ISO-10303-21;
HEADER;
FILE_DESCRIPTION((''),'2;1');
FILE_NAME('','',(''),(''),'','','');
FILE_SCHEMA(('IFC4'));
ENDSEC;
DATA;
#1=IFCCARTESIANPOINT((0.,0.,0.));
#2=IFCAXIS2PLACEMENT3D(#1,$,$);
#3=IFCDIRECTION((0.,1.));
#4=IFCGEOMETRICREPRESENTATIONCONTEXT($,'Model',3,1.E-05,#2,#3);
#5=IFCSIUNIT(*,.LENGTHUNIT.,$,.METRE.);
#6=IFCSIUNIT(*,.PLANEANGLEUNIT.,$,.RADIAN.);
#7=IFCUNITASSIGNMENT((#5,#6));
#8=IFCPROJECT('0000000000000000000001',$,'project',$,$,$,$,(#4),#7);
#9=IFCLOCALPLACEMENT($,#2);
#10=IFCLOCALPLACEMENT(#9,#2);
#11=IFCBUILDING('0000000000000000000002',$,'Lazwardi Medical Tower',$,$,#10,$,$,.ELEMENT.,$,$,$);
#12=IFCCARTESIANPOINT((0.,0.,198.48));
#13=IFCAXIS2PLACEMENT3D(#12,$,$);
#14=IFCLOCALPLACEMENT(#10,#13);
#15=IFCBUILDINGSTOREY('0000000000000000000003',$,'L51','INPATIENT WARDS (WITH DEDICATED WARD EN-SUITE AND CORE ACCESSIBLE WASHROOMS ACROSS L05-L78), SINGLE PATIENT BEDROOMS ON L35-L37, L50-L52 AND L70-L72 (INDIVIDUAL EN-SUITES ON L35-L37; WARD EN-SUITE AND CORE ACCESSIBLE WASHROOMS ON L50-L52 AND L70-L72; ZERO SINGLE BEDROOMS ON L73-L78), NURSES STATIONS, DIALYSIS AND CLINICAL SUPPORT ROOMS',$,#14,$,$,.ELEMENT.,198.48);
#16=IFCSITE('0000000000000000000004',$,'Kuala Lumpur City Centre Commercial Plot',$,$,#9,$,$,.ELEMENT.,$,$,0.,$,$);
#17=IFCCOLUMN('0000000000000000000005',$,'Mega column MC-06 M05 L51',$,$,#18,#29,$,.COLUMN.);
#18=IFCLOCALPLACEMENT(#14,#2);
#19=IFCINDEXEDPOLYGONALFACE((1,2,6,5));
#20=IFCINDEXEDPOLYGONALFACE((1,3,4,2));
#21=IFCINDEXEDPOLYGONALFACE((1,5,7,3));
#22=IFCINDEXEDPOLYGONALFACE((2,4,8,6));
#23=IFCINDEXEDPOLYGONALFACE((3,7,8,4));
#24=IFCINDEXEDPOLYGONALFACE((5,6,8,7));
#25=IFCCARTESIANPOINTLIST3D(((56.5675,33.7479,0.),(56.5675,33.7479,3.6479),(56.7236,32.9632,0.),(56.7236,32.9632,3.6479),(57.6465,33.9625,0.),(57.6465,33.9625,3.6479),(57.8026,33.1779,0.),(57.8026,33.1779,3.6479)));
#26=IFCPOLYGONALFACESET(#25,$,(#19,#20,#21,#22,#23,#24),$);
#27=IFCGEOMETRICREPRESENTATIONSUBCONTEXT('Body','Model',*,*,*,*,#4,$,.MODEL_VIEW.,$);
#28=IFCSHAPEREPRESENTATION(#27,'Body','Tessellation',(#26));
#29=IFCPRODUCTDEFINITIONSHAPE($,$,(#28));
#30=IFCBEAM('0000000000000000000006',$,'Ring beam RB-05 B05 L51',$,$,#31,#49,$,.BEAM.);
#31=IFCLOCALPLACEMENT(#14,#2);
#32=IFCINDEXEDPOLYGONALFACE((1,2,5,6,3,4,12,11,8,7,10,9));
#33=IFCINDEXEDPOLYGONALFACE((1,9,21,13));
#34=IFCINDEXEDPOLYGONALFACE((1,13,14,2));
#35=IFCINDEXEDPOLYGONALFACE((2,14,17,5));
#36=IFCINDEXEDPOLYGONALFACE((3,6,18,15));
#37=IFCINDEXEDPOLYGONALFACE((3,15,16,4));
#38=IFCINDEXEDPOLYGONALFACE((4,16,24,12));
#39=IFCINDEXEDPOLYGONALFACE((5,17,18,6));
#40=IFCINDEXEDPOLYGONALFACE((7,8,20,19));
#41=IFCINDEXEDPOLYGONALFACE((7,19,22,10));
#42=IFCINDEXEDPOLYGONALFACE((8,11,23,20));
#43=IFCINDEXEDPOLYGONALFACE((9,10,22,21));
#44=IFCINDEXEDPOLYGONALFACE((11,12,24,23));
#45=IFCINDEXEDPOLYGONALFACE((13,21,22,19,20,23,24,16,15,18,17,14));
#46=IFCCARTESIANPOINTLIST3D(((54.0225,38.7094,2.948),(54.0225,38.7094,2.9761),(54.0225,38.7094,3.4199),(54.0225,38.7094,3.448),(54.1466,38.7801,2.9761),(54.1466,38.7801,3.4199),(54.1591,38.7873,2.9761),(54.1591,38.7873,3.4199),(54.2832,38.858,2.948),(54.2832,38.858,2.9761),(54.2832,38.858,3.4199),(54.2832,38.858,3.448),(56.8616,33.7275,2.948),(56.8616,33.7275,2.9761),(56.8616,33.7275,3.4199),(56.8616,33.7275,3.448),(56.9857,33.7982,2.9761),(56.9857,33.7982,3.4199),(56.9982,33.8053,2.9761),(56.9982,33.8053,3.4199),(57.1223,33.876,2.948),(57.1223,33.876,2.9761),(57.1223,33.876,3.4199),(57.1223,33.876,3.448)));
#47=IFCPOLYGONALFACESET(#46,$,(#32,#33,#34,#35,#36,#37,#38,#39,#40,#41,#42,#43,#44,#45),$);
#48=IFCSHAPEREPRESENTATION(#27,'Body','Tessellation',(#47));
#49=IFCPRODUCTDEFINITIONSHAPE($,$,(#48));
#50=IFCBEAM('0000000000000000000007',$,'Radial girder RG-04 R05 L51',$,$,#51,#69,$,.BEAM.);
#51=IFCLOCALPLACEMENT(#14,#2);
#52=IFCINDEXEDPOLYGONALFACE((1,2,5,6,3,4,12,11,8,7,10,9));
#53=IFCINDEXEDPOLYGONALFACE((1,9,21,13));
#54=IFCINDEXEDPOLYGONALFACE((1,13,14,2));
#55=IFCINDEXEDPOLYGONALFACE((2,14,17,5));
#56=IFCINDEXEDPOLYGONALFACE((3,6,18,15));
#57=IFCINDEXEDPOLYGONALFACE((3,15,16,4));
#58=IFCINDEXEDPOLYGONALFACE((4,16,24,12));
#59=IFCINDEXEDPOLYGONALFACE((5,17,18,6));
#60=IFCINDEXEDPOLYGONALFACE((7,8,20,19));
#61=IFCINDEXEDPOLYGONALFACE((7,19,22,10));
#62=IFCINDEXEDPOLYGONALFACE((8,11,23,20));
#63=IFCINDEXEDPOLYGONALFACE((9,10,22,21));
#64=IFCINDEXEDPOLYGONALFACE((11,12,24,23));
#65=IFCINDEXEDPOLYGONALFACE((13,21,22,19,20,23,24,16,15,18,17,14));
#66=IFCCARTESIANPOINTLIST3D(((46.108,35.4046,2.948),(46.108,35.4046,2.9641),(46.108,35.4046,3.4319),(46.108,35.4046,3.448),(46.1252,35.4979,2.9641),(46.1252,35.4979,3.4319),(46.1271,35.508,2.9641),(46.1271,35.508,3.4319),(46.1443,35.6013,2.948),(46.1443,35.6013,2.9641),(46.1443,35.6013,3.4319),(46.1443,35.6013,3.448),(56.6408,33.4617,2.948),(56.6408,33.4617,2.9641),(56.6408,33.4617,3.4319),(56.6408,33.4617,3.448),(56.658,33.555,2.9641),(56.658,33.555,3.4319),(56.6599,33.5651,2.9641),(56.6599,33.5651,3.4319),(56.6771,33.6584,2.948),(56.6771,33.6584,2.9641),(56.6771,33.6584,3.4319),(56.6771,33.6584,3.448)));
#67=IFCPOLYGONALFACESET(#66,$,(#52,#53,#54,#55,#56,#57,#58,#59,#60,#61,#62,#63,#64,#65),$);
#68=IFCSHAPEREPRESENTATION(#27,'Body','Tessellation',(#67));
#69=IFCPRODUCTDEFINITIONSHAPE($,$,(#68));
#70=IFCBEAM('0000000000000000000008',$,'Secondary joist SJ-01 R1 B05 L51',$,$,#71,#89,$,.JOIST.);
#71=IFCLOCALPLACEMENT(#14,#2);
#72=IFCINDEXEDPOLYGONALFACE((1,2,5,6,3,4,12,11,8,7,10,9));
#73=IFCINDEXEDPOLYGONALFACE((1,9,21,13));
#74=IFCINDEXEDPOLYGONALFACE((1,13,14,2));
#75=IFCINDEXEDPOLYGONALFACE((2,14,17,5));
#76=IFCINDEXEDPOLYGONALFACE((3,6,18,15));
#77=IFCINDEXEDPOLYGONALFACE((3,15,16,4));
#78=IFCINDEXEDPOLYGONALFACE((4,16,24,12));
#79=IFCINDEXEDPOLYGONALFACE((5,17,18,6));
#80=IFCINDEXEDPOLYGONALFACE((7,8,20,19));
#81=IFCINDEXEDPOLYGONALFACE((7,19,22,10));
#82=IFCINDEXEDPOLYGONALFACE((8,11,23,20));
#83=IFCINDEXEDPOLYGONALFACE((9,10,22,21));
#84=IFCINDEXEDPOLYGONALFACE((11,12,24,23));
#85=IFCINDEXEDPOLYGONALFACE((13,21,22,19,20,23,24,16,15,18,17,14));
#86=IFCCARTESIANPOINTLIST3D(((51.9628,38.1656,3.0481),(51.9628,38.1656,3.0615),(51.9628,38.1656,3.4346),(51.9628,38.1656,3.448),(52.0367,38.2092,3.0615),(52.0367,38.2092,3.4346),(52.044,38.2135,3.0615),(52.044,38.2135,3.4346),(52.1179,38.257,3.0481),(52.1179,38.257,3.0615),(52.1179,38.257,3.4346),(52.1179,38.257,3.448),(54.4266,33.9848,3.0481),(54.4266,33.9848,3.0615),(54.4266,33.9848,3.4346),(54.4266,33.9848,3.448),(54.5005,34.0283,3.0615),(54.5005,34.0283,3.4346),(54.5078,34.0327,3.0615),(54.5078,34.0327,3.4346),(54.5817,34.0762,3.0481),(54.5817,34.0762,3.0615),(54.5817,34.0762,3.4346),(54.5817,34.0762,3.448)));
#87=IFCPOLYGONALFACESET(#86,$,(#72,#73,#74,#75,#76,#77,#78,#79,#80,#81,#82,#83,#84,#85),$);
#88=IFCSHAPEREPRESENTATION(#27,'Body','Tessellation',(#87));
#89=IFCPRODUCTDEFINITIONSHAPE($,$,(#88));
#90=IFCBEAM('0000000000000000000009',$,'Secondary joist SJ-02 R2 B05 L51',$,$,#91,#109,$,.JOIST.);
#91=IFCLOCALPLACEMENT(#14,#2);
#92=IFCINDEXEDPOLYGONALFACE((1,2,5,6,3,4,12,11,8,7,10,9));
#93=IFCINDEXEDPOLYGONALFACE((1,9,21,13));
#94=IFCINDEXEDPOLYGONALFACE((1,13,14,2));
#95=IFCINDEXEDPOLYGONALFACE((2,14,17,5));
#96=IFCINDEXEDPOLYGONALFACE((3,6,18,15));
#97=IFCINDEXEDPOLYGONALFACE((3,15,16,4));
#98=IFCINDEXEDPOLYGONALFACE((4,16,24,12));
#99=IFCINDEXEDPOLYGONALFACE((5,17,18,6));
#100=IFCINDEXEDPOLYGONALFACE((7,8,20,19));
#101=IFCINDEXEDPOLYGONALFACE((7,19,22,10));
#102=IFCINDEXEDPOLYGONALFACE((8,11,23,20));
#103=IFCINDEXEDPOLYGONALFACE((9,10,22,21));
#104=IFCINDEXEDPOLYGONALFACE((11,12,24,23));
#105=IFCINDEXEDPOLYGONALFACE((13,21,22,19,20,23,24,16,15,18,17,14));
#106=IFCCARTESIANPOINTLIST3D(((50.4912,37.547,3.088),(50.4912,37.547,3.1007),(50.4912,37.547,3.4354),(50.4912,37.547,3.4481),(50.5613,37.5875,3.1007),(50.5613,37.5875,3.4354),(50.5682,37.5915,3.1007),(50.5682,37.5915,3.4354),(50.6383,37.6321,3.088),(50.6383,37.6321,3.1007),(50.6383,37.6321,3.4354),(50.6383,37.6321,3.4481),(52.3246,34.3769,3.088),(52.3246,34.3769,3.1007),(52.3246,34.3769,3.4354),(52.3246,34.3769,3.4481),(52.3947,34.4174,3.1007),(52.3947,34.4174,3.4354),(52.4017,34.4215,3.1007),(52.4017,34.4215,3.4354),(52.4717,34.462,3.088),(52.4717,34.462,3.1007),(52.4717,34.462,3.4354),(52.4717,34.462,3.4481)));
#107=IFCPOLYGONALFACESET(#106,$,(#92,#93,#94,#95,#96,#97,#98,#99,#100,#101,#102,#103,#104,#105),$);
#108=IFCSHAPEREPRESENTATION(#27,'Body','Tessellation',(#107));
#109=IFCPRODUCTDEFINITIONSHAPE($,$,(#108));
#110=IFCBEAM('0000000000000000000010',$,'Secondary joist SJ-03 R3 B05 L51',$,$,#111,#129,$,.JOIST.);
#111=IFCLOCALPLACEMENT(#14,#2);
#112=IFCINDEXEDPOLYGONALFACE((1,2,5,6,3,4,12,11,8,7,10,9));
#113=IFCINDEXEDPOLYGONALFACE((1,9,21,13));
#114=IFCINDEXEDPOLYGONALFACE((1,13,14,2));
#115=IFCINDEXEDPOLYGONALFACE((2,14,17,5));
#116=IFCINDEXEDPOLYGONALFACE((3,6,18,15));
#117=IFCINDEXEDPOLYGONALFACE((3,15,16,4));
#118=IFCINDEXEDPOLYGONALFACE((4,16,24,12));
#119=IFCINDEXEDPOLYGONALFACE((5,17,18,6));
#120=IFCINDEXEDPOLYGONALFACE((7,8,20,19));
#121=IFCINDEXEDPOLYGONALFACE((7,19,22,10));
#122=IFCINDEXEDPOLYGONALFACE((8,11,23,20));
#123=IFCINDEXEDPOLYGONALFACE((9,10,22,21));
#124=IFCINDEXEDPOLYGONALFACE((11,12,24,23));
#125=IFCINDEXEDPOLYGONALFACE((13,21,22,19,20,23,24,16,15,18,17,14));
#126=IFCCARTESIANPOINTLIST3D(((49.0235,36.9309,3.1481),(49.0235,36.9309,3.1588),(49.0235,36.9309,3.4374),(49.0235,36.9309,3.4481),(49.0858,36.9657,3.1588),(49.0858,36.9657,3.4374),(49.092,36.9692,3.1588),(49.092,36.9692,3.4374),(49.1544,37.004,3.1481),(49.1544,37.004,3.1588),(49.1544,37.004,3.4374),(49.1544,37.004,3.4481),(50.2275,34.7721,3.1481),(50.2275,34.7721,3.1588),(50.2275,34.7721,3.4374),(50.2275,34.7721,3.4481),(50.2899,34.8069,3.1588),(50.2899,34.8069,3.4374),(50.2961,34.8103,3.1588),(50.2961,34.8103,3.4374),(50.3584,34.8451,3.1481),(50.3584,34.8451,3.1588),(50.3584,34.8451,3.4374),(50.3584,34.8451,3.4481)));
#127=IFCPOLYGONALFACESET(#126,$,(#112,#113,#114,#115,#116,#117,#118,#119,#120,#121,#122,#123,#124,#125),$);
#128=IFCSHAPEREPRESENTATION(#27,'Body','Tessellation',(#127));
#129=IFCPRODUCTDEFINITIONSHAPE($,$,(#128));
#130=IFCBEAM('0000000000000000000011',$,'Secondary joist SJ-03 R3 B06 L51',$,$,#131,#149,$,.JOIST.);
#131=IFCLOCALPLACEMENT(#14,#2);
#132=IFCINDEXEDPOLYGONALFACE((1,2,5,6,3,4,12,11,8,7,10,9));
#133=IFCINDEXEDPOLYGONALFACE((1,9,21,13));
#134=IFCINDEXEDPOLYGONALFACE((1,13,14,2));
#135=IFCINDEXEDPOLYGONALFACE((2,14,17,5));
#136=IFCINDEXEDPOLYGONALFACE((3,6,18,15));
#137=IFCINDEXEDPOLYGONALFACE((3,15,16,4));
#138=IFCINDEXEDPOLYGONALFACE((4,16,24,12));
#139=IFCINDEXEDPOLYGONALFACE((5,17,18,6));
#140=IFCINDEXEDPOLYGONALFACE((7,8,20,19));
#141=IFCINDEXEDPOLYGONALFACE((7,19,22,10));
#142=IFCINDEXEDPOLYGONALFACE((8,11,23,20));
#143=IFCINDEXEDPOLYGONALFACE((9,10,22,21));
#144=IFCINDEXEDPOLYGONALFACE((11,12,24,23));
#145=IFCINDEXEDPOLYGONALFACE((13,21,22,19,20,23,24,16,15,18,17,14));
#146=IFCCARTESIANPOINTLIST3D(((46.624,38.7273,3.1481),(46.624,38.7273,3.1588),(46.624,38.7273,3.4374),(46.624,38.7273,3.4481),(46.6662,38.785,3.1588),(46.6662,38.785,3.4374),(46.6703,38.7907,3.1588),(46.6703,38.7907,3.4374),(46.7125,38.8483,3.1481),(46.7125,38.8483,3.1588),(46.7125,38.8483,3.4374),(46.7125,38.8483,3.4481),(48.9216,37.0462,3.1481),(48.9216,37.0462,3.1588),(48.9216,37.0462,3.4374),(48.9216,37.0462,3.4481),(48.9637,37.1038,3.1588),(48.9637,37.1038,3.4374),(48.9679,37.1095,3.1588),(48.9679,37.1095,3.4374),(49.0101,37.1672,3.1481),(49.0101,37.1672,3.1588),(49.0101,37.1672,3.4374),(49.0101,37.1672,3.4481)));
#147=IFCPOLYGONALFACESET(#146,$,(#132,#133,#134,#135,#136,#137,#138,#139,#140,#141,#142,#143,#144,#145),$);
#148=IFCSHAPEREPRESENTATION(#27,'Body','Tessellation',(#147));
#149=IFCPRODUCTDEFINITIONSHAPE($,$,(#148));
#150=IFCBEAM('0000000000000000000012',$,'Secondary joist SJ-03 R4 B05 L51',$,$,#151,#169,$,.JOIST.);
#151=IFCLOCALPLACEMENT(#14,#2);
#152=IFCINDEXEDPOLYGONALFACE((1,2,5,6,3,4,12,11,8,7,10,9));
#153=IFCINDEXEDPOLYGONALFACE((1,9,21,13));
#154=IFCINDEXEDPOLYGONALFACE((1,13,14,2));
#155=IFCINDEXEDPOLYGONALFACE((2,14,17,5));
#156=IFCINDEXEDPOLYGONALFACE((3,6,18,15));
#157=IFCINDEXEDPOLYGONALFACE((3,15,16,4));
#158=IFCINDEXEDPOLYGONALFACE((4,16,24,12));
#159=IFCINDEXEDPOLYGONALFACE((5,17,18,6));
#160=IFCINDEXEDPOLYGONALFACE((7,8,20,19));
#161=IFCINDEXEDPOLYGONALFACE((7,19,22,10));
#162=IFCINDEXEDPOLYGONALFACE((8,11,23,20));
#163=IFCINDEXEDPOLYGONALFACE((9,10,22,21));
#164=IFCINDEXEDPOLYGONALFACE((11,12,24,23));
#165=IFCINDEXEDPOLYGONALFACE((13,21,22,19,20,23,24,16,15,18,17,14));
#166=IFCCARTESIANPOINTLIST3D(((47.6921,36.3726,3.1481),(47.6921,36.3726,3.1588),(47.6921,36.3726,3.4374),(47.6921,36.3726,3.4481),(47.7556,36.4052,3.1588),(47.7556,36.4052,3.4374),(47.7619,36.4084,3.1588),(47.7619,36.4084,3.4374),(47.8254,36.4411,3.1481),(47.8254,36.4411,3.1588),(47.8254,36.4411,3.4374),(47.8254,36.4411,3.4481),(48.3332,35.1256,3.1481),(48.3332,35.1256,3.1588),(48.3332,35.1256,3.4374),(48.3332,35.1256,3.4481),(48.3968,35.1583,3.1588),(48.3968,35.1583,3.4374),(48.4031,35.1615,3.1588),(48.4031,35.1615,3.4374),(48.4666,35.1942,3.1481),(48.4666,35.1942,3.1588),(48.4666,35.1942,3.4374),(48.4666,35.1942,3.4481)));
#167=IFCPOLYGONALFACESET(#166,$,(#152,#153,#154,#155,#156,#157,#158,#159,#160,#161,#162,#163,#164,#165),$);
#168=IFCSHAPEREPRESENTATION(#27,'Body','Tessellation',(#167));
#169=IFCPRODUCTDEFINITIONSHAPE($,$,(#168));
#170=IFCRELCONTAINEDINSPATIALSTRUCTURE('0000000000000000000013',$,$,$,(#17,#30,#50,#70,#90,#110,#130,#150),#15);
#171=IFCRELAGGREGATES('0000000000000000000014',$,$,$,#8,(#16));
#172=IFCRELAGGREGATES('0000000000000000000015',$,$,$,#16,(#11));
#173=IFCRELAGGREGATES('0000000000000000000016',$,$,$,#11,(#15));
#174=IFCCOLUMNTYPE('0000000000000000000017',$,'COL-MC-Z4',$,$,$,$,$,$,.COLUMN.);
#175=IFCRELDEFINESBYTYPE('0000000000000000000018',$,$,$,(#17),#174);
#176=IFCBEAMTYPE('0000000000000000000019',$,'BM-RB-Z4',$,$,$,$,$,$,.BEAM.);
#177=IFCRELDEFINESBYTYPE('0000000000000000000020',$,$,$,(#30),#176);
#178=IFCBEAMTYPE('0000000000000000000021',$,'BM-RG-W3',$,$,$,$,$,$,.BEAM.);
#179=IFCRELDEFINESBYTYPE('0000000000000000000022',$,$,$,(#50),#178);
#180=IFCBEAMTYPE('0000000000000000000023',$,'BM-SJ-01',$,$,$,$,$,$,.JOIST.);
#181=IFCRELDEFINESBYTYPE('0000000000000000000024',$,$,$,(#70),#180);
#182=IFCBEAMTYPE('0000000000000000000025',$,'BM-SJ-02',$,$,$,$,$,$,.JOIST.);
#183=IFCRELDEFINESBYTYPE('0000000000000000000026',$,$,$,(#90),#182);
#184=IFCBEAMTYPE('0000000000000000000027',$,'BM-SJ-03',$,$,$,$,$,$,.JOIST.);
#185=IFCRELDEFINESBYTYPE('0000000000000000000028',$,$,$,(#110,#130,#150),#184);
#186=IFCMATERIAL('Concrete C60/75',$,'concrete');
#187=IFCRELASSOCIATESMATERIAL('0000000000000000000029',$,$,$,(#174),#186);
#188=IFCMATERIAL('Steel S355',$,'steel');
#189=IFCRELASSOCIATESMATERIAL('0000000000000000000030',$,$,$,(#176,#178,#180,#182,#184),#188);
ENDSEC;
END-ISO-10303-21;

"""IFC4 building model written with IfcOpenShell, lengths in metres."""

from ifc_helpers import new_model, si_unit, direction, frame, origin, origin_2d, place, context, subcontext, project, spatial, rectangle, i_section, extrude, material, material_profile, profile_set, type_object, element, save


model = new_model("IFC4")

# Units and contexts
model_context = context("Model", 3, precision=1e-05, world=origin(), true_north=direction((0.0, 1.0)))
body_context = subcontext(model_context, "Body", "Model", "MODEL_VIEW")
ifc_project = project(units=[si_unit("LENGTHUNIT", "METRE"), si_unit("PLANEANGLEUNIT", "RADIAN")], contexts=[model_context])

# Site, building, storey
site_placement = place(None, origin())
site = spatial("IfcSite", under=ifc_project, at=site_placement, Name="Kuala Lumpur City Centre Commercial Plot", CompositionType="ELEMENT", RefElevation=0.0)
building_placement = place(site_placement, origin())
building = spatial("IfcBuilding", under=site, at=building_placement, Name="Lazwardi Medical Tower", CompositionType="ELEMENT")
storey_placement = place(building_placement, frame((0.0, 0.0, 198.48)))
storey = spatial("IfcBuildingStorey", under=building, at=storey_placement, Name="L51", Description="INPATIENT WARDS (WITH DEDICATED WARD EN-SUITE AND CORE ACCESSIBLE WASHROOMS ACROSS L05-L78), SINGLE PATIENT BEDROOMS ON L35-L37, L50-L52 AND L70-L72 (INDIVIDUAL EN-SUITES ON L35-L37; WARD EN-SUITE AND CORE ACCESSIBLE WASHROOMS ON L50-L52 AND L70-L72; ZERO SINGLE BEDROOMS ON L73-L78), NURSES STATIONS, DIALYSIS AND CLINICAL SUPPORT ROOMS", CompositionType="ELEMENT", Elevation=198.48)

# Column
ifc_material_1 = material(Name="Concrete C60/75", Category="concrete")
ifc_material_profile_1 = material_profile(ifc_material_1, rectangle(XDim=1.1001, YDim=0.8, at=origin_2d()), Name="CFT-RECT 1100x800")
ifc_profile_set_1 = profile_set([ifc_material_profile_1], Name="Concrete C60/75")
column_type = type_object("IfcColumnType", Name="COL-MC-Z4", PredefinedType="COLUMN", material=ifc_profile_set_1)
column_placement = place(storey_placement, frame((57.1851, 33.4629, 0.0), z_axis=(0.0, 0.0, 1.0), x_axis=(0.980785, 0.19509, 0.0)))
element("IfcColumn", 1, at=column_placement, inside=storey, type_object=column_type, Name="Mega column MC-06 M05 L51", PredefinedType="COLUMN", context=body_context, shape_type="SweptSolid", body=[
    extrude(rectangle(XDim=1.1001, YDim=0.8, at=origin_2d()), origin(), (0.0, 0.0, 1.0), 3.6479),
])

# Beams
ifc_material_2 = material(Name="Steel S355", Category="steel")
ifc_material_profile_2 = material_profile(ifc_material_2, i_section(OverallWidth=0.3, OverallDepth=0.5, WebThickness=0.0144, FlangeThickness=0.0281, at=origin_2d()), Name="HEB 500")
ifc_profile_set_2 = profile_set([ifc_material_profile_2], Name="Steel S355")
beam_type_1 = type_object("IfcBeamType", Name="BM-RB-Z4", PredefinedType="BEAM", material=ifc_profile_set_2)
beam_1_placement = place(storey_placement, frame((56.9919, 33.8018, 3.198), z_axis=(-0.495125, 0.868822, 0.0), x_axis=(-0.868822, -0.495125, 0.0)))
element("IfcBeam", 2, at=beam_1_placement, inside=storey, type_object=beam_type_1, Name="Ring beam RB-05 B05 L51", PredefinedType="BEAM", context=body_context, shape_type="SweptSolid", body=[
    extrude(i_section(OverallWidth=0.3, OverallDepth=0.5, WebThickness=0.0144, FlangeThickness=0.0281, at=origin_2d()), origin(), (0.0, 0.0, 1.0), 5.7341),
])
ifc_material_profile_3 = material_profile(ifc_material_2, i_section(OverallWidth=0.2, OverallDepth=0.5, WebThickness=0.0103, FlangeThickness=0.0161, at=origin_2d()), Name="IPE 500")
ifc_profile_set_3 = profile_set([ifc_material_profile_3], Name="Steel S355")
beam_type_2 = type_object("IfcBeamType", Name="BM-RG-W3", PredefinedType="BEAM", material=ifc_profile_set_3)
beam_2_placement = place(storey_placement, frame((56.6589, 33.5601, 3.198), z_axis=(-0.983409, 0.1814, 0.0), x_axis=(-0.1814, -0.983409, 0.0)))
element("IfcBeam", 3, at=beam_2_placement, inside=storey, type_object=beam_type_2, Name="Radial girder RG-04 R05 L51", PredefinedType="BEAM", context=body_context, shape_type="SweptSolid", body=[
    extrude(i_section(OverallWidth=0.2, OverallDepth=0.5, WebThickness=0.0103, FlangeThickness=0.0161, at=origin_2d()), origin(), (0.0, 0.0, 1.0), 10.7104),
])
ifc_material_profile_4 = material_profile(ifc_material_2, i_section(OverallWidth=0.1799, OverallDepth=0.3999, WebThickness=0.0085, FlangeThickness=0.0134, at=origin_2d()), Name="IPE 400")
ifc_profile_set_4 = profile_set([ifc_material_profile_4], Name="Steel S355")
beam_type_3 = type_object("IfcBeamType", Name="BM-SJ-01", PredefinedType="JOIST", material=ifc_profile_set_4)
beam_3_placement = place(storey_placement, frame((54.5042, 34.0305, 3.248), z_axis=(-0.50771, 0.861528, 0.0), x_axis=(-0.861528, -0.50771, 0.0)))
element("IfcBeam", 4, at=beam_3_placement, inside=storey, type_object=beam_type_3, Name="Secondary joist SJ-01 R1 B05 L51", PredefinedType="JOIST", context=body_context, shape_type="SweptSolid", body=[
    extrude(i_section(OverallWidth=0.1799, OverallDepth=0.3999, WebThickness=0.0085, FlangeThickness=0.0134, at=origin_2d()), origin(), (0.0, 0.0, 1.0), 4.8528),
])
ifc_material_profile_5 = material_profile(ifc_material_2, i_section(OverallWidth=0.1699, OverallDepth=0.3601, WebThickness=0.0081, FlangeThickness=0.0127, at=origin_2d()), Name="IPE 360")
ifc_profile_set_5 = profile_set([ifc_material_profile_5], Name="Steel S355")
beam_type_4 = type_object("IfcBeamType", Name="BM-SJ-02", PredefinedType="JOIST", material=ifc_profile_set_5)
beam_4_placement = place(storey_placement, frame((52.3982, 34.4194, 3.2681), z_axis=(-0.500655, 0.865647, 0.0), x_axis=(-0.865647, -0.500655, 0.0)))
element("IfcBeam", 5, at=beam_4_placement, inside=storey, type_object=beam_type_4, Name="Secondary joist SJ-02 R2 B05 L51", PredefinedType="JOIST", context=body_context, shape_type="SweptSolid", body=[
    extrude(i_section(OverallWidth=0.1699, OverallDepth=0.3601, WebThickness=0.0081, FlangeThickness=0.0127, at=origin_2d()), origin(), (0.0, 0.0, 1.0), 3.6621),
])
ifc_material_profile_6 = material_profile(ifc_material_2, i_section(OverallWidth=0.1499, OverallDepth=0.3, WebThickness=0.0071, FlangeThickness=0.0107, at=origin_2d()), Name="IPE 300")
ifc_profile_set_6 = profile_set([ifc_material_profile_6], Name="Steel S355")
beam_type_5 = type_object("IfcBeamType", Name="BM-SJ-03", PredefinedType="JOIST", material=ifc_profile_set_6)
beam_5_placement = place(storey_placement, frame((50.293, 34.8086, 3.2981), z_axis=(-0.487093, 0.87335, 0.0), x_axis=(-0.87335, -0.487093, 0.0)))
element("IfcBeam", 6, at=beam_5_placement, inside=storey, type_object=beam_type_5, Name="Secondary joist SJ-03 R3 B05 L51", PredefinedType="JOIST", context=body_context, shape_type="SweptSolid", body=[
    extrude(i_section(OverallWidth=0.1499, OverallDepth=0.3, WebThickness=0.0071, FlangeThickness=0.0107, at=origin_2d()), origin(), (0.0, 0.0, 1.0), 2.4719),
])
beam_6_placement = place(storey_placement, frame((48.9658, 37.1067, 3.2981), z_axis=(-0.807034, 0.590505, 0.0), x_axis=(-0.590505, -0.807034, 0.0)))
element("IfcBeam", 7, at=beam_6_placement, inside=storey, type_object=beam_type_5, Name="Secondary joist SJ-03 R3 B06 L51", PredefinedType="JOIST", context=body_context, shape_type="SweptSolid", body=[
    extrude(i_section(OverallWidth=0.1499, OverallDepth=0.3, WebThickness=0.0071, FlangeThickness=0.0107, at=origin_2d()), origin(), (0.0, 0.0, 1.0), 2.8469),
])
beam_7_placement = place(storey_placement, frame((48.3999, 35.1599, 3.2981), z_axis=(-0.457285, 0.88932, 0.0), x_axis=(-0.88932, -0.457285, 0.0)))
element("IfcBeam", 8, at=beam_7_placement, inside=storey, type_object=beam_type_5, Name="Secondary joist SJ-03 R4 B05 L51", PredefinedType="JOIST", context=body_context, shape_type="SweptSolid", body=[
    extrude(i_section(OverallWidth=0.1499, OverallDepth=0.3, WebThickness=0.0071, FlangeThickness=0.0107, at=origin_2d()), origin(), (0.0, 0.0, 1.0), 1.4021),
])

save(model, "model.ifc")
